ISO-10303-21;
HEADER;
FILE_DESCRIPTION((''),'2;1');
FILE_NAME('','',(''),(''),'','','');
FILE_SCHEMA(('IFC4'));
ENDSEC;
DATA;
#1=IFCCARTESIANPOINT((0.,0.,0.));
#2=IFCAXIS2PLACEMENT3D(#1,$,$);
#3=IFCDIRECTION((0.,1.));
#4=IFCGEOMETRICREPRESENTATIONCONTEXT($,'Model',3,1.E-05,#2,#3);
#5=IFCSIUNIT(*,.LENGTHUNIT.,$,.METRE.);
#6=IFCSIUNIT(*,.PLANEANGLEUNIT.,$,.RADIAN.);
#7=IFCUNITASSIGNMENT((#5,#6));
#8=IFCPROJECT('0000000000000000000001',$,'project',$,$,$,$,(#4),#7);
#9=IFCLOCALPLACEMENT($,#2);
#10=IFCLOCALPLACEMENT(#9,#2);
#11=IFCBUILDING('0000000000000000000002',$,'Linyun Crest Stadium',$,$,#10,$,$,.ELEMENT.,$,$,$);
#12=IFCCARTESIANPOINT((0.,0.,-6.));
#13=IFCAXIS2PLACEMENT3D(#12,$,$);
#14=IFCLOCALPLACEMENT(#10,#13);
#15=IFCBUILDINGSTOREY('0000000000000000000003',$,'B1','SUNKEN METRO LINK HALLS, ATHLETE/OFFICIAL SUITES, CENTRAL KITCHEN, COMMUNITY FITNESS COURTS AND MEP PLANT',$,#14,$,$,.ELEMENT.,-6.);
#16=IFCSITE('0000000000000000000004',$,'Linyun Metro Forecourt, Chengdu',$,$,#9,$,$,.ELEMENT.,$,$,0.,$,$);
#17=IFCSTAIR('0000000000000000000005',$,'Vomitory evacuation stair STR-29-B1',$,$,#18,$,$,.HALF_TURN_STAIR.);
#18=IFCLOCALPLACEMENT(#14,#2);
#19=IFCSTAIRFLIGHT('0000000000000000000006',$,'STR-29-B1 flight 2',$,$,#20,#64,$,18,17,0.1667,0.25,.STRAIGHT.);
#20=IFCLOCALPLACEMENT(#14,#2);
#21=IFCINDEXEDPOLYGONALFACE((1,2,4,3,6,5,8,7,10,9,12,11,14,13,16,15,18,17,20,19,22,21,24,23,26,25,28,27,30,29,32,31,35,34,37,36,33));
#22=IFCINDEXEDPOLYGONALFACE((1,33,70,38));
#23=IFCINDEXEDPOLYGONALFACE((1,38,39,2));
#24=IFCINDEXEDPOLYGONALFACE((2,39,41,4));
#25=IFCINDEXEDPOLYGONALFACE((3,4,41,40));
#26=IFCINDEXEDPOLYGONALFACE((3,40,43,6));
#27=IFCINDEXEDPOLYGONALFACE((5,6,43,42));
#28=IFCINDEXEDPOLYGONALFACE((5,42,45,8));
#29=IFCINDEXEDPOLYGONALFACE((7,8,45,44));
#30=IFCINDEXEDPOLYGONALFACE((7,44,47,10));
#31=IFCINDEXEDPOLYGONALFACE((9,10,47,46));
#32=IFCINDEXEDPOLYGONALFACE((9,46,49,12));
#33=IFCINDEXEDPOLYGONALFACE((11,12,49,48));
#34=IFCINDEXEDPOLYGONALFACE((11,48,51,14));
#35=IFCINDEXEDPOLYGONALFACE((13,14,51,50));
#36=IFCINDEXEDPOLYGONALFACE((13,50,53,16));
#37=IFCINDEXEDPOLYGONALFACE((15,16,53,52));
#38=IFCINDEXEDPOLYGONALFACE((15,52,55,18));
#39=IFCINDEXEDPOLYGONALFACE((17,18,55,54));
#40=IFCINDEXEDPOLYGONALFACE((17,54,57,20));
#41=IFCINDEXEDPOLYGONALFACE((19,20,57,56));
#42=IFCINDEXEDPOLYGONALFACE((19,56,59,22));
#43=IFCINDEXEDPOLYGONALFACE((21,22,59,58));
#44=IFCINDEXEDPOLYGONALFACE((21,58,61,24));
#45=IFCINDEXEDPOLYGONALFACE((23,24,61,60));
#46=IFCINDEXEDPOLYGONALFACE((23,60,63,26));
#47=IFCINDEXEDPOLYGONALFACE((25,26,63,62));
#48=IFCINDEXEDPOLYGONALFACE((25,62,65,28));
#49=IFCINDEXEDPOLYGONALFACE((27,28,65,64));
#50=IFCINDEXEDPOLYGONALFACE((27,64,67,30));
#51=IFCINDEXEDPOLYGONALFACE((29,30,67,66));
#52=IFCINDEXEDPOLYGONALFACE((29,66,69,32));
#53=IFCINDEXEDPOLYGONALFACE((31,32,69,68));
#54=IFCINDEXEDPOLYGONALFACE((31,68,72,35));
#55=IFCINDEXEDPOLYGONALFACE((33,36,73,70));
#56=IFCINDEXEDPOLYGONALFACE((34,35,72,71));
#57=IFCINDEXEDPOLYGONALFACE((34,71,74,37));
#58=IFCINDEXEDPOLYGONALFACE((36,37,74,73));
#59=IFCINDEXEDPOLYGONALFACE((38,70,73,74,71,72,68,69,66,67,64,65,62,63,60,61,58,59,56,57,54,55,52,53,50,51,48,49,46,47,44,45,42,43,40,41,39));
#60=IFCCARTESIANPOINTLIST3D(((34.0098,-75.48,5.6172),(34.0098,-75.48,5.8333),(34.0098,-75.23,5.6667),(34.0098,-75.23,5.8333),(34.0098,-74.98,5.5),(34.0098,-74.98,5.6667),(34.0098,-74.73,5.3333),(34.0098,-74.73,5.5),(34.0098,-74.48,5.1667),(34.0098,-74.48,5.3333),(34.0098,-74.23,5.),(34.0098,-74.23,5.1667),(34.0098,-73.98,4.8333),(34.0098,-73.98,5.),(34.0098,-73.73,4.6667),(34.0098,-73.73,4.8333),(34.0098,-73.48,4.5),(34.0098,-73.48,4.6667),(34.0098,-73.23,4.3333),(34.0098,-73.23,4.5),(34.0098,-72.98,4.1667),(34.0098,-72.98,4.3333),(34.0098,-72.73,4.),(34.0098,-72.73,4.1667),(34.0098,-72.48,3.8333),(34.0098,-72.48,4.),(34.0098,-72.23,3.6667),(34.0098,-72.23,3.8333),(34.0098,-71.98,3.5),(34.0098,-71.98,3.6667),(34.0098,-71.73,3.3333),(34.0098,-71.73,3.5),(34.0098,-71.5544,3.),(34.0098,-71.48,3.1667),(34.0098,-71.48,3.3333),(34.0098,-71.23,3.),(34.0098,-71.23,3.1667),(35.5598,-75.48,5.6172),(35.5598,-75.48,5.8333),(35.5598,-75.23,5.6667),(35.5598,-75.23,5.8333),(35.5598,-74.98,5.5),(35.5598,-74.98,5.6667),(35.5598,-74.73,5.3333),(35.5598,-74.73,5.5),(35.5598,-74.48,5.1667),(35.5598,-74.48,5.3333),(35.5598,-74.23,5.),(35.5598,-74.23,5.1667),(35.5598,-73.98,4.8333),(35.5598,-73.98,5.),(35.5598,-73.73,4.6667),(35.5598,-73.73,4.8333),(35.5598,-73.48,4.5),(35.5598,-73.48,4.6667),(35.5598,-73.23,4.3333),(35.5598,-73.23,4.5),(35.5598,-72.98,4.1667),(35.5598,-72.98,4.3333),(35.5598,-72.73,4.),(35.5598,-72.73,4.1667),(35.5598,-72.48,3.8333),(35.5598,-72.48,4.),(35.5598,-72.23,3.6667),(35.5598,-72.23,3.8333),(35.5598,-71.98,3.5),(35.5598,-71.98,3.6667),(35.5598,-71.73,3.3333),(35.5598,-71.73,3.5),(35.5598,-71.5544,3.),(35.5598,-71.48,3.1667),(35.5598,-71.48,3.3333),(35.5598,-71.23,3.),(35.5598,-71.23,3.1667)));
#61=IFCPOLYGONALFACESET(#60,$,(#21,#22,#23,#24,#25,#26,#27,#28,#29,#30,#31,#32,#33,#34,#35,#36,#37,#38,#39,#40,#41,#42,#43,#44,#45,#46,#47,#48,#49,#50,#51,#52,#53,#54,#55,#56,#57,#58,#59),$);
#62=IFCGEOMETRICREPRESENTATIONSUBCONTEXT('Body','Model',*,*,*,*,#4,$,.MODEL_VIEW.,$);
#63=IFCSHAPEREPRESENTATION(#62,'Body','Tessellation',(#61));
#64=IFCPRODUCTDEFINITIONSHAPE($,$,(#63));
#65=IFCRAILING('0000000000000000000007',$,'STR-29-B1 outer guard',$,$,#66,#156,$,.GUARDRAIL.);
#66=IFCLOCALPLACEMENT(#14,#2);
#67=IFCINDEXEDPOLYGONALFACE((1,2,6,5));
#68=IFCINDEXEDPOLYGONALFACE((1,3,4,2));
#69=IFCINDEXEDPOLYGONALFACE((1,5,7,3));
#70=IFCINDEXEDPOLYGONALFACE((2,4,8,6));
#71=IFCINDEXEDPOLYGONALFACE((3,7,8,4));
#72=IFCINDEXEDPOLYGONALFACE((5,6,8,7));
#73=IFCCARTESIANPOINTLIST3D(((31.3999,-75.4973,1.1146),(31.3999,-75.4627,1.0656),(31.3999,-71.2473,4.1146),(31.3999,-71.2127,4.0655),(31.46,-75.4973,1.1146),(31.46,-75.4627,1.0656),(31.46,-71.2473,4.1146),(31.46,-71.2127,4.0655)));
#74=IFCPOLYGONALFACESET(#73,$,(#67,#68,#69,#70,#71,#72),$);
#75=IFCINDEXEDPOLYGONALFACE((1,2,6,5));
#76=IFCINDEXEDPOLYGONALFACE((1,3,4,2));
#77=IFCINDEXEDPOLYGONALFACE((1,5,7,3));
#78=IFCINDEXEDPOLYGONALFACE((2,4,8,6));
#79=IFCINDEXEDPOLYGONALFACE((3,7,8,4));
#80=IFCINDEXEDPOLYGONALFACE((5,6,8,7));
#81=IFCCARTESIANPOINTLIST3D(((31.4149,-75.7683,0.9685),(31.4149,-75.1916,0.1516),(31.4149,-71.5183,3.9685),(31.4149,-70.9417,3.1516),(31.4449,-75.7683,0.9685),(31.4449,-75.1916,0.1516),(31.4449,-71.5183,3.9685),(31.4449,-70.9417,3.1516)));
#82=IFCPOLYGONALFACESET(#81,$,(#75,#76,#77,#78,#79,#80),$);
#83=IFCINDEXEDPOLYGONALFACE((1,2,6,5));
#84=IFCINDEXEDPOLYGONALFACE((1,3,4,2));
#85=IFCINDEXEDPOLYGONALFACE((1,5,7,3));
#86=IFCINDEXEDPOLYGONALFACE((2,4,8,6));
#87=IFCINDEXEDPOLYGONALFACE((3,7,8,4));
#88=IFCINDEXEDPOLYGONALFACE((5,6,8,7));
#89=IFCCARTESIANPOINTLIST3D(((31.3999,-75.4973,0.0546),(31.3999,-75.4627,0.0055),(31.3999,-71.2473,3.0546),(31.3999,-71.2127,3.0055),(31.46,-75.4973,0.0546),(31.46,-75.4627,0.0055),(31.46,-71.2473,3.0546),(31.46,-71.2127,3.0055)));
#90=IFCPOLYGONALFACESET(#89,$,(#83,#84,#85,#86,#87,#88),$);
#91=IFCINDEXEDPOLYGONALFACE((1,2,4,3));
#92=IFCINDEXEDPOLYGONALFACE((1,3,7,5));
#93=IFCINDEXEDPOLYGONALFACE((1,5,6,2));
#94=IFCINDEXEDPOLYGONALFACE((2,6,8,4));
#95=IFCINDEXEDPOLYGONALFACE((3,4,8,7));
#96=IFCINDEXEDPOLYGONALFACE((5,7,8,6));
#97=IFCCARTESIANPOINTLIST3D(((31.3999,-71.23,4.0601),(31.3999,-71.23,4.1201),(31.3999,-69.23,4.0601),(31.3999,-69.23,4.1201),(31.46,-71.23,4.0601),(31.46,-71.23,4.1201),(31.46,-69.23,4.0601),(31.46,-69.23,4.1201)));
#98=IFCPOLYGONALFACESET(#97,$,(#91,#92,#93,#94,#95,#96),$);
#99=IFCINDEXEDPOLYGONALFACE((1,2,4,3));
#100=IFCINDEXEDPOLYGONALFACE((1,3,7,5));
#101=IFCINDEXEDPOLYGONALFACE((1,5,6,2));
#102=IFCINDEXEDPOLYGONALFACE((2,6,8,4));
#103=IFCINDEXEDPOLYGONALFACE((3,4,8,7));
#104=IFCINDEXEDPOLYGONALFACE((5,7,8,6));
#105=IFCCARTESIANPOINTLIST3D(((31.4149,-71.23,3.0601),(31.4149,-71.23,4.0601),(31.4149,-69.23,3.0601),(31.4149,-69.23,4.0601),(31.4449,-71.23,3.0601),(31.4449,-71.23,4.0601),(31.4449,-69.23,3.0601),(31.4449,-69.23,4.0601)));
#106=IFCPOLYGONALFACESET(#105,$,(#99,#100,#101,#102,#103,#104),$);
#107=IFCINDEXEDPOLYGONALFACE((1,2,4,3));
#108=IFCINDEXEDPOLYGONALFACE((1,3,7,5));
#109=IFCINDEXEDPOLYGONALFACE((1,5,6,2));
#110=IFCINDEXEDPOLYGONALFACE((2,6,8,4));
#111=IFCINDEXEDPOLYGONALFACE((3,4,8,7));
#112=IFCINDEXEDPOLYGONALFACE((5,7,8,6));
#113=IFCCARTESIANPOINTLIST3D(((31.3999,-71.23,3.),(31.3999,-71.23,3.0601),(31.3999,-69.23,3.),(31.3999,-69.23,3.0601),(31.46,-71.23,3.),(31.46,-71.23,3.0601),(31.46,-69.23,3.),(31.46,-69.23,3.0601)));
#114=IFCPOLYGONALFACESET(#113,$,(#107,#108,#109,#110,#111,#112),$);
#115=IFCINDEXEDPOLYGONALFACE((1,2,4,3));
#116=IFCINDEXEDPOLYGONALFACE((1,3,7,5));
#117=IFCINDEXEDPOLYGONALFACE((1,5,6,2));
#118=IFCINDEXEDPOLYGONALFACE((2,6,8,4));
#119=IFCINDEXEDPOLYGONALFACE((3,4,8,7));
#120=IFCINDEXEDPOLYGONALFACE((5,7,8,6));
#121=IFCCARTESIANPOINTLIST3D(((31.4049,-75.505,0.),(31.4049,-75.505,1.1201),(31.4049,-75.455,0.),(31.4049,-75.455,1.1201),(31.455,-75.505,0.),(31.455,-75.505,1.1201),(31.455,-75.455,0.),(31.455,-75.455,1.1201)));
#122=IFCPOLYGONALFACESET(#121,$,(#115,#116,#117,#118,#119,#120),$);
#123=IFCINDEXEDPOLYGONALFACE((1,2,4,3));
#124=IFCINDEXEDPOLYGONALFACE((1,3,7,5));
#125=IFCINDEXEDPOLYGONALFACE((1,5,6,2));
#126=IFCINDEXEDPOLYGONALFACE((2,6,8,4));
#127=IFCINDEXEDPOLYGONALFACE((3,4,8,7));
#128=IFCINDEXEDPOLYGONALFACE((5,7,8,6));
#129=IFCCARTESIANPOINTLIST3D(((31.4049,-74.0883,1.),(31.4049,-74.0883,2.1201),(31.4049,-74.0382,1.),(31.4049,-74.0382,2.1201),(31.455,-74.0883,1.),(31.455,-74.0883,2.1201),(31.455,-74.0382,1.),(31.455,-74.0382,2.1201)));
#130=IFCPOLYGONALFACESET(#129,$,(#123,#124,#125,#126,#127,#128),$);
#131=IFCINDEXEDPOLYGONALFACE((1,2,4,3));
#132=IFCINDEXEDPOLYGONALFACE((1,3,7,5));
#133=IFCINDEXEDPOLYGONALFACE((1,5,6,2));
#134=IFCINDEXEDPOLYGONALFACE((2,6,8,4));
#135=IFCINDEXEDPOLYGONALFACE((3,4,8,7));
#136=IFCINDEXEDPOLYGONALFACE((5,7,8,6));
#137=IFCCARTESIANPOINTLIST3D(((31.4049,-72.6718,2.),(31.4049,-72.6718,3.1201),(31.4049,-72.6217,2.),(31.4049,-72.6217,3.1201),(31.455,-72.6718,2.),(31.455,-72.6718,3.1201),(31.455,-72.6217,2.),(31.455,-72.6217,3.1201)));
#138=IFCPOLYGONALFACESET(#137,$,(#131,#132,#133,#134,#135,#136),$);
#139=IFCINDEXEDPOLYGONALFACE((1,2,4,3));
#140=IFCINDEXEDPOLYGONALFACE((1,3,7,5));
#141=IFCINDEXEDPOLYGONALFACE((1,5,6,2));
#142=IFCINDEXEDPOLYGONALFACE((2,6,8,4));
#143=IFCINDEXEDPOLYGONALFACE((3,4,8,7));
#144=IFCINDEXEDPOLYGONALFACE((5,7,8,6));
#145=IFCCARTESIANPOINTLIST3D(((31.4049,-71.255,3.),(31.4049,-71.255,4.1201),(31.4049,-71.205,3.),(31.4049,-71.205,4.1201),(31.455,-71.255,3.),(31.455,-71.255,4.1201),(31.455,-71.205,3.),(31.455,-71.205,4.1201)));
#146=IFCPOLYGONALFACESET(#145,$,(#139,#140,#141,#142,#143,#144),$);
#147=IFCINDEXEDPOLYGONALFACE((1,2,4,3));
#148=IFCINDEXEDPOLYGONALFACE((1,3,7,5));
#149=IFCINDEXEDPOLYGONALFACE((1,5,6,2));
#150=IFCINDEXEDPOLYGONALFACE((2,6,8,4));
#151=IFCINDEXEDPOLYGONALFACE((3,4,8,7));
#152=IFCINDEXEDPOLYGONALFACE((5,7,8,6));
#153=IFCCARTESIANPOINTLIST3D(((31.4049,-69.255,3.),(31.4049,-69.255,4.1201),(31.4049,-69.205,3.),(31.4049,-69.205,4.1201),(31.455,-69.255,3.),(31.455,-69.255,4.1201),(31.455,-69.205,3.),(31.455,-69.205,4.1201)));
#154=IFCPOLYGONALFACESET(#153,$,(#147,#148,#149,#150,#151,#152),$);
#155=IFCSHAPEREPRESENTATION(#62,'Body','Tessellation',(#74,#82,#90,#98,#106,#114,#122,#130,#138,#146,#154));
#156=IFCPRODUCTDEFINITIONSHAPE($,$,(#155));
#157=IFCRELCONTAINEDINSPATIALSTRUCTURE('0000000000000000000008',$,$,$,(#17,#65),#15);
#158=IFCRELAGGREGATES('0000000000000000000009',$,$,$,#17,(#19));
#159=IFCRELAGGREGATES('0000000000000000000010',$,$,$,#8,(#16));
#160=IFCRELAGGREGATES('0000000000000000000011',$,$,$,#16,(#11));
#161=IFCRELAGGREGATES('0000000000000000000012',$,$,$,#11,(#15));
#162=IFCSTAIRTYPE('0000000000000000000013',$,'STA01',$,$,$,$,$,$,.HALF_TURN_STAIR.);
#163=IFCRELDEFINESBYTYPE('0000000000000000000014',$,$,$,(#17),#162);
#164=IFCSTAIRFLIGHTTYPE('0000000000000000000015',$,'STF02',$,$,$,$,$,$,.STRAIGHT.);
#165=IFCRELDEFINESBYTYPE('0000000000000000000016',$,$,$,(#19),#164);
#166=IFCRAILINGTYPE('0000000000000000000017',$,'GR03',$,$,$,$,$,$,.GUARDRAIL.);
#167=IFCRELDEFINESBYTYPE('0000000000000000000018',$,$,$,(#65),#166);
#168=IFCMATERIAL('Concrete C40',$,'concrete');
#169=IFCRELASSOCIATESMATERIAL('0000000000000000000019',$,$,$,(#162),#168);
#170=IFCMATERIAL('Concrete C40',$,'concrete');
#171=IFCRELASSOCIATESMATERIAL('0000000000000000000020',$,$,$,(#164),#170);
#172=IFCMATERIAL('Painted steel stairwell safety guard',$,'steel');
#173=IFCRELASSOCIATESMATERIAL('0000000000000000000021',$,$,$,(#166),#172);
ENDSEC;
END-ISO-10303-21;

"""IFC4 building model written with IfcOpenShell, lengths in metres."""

from ifc_helpers import new_model, si_unit, direction, frame, origin, origin_2d, place, context, subcontext, project, spatial, polyline, rectangle, outline, extrude, material, type_object, element, aggregate, save


model = new_model("IFC4")

# Units and contexts
model_context = context("Model", 3, precision=1e-05, world=origin(), true_north=direction((0.0, 1.0)))
body_context = subcontext(model_context, "Body", "Model", "MODEL_VIEW")
ifc_project = project(units=[si_unit("LENGTHUNIT", "METRE"), si_unit("PLANEANGLEUNIT", "RADIAN")], contexts=[model_context])

# Site, building, storey
site_placement = place(None, origin())
site = spatial("IfcSite", under=ifc_project, at=site_placement, Name="Linyun Metro Forecourt, Chengdu", CompositionType="ELEMENT", RefElevation=0.0)
building_placement = place(site_placement, origin())
building = spatial("IfcBuilding", under=site, at=building_placement, Name="Linyun Crest Stadium", CompositionType="ELEMENT")
storey_placement = place(building_placement, frame((0.0, 0.0, -6.0)))
storey = spatial("IfcBuildingStorey", under=building, at=storey_placement, Name="B1", Description="SUNKEN METRO LINK HALLS, ATHLETE/OFFICIAL SUITES, CENTRAL KITCHEN, COMMUNITY FITNESS COURTS AND MEP PLANT", CompositionType="ELEMENT", Elevation=-6.0)

# Stair, stair flight
ifc_material_1 = material(Name="Concrete C40", Category="concrete")
stair_type = type_object("IfcStairType", Name="STA01", PredefinedType="HALF_TURN_STAIR", material=ifc_material_1)
stair_placement = place(storey_placement, origin())
stair = element("IfcStair", 1, at=stair_placement, inside=storey, type_object=stair_type, Name="Vomitory evacuation stair STR-29-B1", PredefinedType="HALF_TURN_STAIR")
ifc_material_2 = material(Name="Concrete C40", Category="concrete")
stair_flight_type = type_object("IfcStairFlightType", Name="STF02", PredefinedType="STRAIGHT", material=ifc_material_2)
stair_flight_1_placement = place(storey_placement, frame((34.7849, -71.23, 3.0), z_axis=(0.0, 0.0, 1.0), x_axis=(0.0, -1.0, 0.0)))
stair_flight_1 = element("IfcStairFlight", 2, at=stair_flight_1_placement, type_object=stair_flight_type, Name="STR-29-B1 flight 2", NumberOfRisers=18, NumberOfTreads=17, PredefinedType="STRAIGHT", RiserHeight=0.1667, TreadLength=0.25, context=body_context, shape_type="SweptSolid", body=[
    extrude(outline(polyline([(0.0, 0.0), (0.0, 0.1667), (0.25, 0.1667), (0.25, 0.3333), (0.5, 0.3333), (0.5, 0.5), (0.75, 0.5), (0.75, 0.6667), (1.0, 0.6667), (1.0, 0.8333), (1.25, 0.8333), (1.25, 1.0), (1.5, 1.0), (1.5, 1.1667), (1.75, 1.1667), (1.75, 1.3333), (2.0, 1.3333), (2.0, 1.5), (2.25, 1.5), (2.25, 1.6667), (2.5, 1.6667), (2.5, 1.8333), (2.75, 1.8333), (2.75, 2.0), (3.0, 2.0), (3.0, 2.1667), (3.25, 2.1667), (3.25, 2.3333), (3.5, 2.3333), (3.5, 2.5), (3.75, 2.5), (3.75, 2.6667), (4.0, 2.6667), (4.0, 2.8333), (4.25, 2.8333), (4.25, 3.0), (4.25, 2.6172), (0.3245, 0.0), (0.0, 0.0)])), frame((0.0, 0.7749, 0.0), z_axis=(0.0, -1.0, 0.0), x_axis=(1.0, 0.0, 0.0)), (0.0, 0.0, 1.0), 1.55),
])
aggregate(stair, [stair_flight_1])

# Railing
ifc_material_3 = material(Name="Painted steel stairwell safety guard", Category="steel")
railing_type_1 = type_object("IfcRailingType", Name="GR03", PredefinedType="GUARDRAIL", material=ifc_material_3)
railing_1_placement = place(storey_placement, frame((31.4299, -75.48, 0.0)))
element("IfcRailing", 3, at=railing_1_placement, inside=storey, type_object=railing_type_1, Name="STR-29-B1 outer guard", PredefinedType="GUARDRAIL", context=body_context, shape_type="SweptSolid", body=[
    extrude(rectangle(XDim=0.0601, YDim=0.0601, at=origin_2d()), frame((0.0, 0.0, 1.0901), z_axis=(0.0, 0.816968, 0.576683), x_axis=(-1.0, 0.0, 0.0)), (0.0, 0.0, 1.0), 5.2021),
    extrude(rectangle(XDim=0.03, YDim=1.0, at=origin_2d()), frame((0.0, 0.0, 0.5601), z_axis=(0.0, 0.816968, 0.576683), x_axis=(-1.0, 0.0, 0.0)), (0.0, 0.0, 1.0), 5.2021),
    extrude(rectangle(XDim=0.0601, YDim=0.0601, at=origin_2d()), frame((0.0, 0.0, 0.03), z_axis=(0.0, 0.816968, 0.576683), x_axis=(-1.0, 0.0, 0.0)), (0.0, 0.0, 1.0), 5.2021),
    extrude(rectangle(XDim=0.0601, YDim=0.0601, at=origin_2d()), frame((0.0, 4.25, 4.0901), z_axis=(0.0, 1.0, 0.0), x_axis=(-1.0, 0.0, 0.0)), (0.0, 0.0, 1.0), 2.0),
    extrude(rectangle(XDim=0.03, YDim=1.0, at=origin_2d()), frame((0.0, 4.25, 3.5601), z_axis=(0.0, 1.0, 0.0), x_axis=(-1.0, 0.0, 0.0)), (0.0, 0.0, 1.0), 2.0),
    extrude(rectangle(XDim=0.0601, YDim=0.0601, at=origin_2d()), frame((0.0, 4.25, 3.03), z_axis=(0.0, 1.0, 0.0), x_axis=(-1.0, 0.0, 0.0)), (0.0, 0.0, 1.0), 2.0),
    extrude(rectangle(XDim=0.05, YDim=0.05, at=origin_2d()), origin(), (0.0, 0.0, 1.0), 1.1201),
    extrude(rectangle(XDim=0.05, YDim=0.05, at=origin_2d()), frame((0.0, 1.4167, 1.0)), (0.0, 0.0, 1.0), 1.1201),
    extrude(rectangle(XDim=0.05, YDim=0.05, at=origin_2d()), frame((0.0, 2.8333, 2.0)), (0.0, 0.0, 1.0), 1.1201),
    extrude(rectangle(XDim=0.05, YDim=0.05, at=origin_2d()), frame((0.0, 4.25, 3.0)), (0.0, 0.0, 1.0), 1.1201),
    extrude(rectangle(XDim=0.05, YDim=0.05, at=origin_2d()), frame((0.0, 6.25, 3.0)), (0.0, 0.0, 1.0), 1.1201),
])

save(model, "model.ifc")
